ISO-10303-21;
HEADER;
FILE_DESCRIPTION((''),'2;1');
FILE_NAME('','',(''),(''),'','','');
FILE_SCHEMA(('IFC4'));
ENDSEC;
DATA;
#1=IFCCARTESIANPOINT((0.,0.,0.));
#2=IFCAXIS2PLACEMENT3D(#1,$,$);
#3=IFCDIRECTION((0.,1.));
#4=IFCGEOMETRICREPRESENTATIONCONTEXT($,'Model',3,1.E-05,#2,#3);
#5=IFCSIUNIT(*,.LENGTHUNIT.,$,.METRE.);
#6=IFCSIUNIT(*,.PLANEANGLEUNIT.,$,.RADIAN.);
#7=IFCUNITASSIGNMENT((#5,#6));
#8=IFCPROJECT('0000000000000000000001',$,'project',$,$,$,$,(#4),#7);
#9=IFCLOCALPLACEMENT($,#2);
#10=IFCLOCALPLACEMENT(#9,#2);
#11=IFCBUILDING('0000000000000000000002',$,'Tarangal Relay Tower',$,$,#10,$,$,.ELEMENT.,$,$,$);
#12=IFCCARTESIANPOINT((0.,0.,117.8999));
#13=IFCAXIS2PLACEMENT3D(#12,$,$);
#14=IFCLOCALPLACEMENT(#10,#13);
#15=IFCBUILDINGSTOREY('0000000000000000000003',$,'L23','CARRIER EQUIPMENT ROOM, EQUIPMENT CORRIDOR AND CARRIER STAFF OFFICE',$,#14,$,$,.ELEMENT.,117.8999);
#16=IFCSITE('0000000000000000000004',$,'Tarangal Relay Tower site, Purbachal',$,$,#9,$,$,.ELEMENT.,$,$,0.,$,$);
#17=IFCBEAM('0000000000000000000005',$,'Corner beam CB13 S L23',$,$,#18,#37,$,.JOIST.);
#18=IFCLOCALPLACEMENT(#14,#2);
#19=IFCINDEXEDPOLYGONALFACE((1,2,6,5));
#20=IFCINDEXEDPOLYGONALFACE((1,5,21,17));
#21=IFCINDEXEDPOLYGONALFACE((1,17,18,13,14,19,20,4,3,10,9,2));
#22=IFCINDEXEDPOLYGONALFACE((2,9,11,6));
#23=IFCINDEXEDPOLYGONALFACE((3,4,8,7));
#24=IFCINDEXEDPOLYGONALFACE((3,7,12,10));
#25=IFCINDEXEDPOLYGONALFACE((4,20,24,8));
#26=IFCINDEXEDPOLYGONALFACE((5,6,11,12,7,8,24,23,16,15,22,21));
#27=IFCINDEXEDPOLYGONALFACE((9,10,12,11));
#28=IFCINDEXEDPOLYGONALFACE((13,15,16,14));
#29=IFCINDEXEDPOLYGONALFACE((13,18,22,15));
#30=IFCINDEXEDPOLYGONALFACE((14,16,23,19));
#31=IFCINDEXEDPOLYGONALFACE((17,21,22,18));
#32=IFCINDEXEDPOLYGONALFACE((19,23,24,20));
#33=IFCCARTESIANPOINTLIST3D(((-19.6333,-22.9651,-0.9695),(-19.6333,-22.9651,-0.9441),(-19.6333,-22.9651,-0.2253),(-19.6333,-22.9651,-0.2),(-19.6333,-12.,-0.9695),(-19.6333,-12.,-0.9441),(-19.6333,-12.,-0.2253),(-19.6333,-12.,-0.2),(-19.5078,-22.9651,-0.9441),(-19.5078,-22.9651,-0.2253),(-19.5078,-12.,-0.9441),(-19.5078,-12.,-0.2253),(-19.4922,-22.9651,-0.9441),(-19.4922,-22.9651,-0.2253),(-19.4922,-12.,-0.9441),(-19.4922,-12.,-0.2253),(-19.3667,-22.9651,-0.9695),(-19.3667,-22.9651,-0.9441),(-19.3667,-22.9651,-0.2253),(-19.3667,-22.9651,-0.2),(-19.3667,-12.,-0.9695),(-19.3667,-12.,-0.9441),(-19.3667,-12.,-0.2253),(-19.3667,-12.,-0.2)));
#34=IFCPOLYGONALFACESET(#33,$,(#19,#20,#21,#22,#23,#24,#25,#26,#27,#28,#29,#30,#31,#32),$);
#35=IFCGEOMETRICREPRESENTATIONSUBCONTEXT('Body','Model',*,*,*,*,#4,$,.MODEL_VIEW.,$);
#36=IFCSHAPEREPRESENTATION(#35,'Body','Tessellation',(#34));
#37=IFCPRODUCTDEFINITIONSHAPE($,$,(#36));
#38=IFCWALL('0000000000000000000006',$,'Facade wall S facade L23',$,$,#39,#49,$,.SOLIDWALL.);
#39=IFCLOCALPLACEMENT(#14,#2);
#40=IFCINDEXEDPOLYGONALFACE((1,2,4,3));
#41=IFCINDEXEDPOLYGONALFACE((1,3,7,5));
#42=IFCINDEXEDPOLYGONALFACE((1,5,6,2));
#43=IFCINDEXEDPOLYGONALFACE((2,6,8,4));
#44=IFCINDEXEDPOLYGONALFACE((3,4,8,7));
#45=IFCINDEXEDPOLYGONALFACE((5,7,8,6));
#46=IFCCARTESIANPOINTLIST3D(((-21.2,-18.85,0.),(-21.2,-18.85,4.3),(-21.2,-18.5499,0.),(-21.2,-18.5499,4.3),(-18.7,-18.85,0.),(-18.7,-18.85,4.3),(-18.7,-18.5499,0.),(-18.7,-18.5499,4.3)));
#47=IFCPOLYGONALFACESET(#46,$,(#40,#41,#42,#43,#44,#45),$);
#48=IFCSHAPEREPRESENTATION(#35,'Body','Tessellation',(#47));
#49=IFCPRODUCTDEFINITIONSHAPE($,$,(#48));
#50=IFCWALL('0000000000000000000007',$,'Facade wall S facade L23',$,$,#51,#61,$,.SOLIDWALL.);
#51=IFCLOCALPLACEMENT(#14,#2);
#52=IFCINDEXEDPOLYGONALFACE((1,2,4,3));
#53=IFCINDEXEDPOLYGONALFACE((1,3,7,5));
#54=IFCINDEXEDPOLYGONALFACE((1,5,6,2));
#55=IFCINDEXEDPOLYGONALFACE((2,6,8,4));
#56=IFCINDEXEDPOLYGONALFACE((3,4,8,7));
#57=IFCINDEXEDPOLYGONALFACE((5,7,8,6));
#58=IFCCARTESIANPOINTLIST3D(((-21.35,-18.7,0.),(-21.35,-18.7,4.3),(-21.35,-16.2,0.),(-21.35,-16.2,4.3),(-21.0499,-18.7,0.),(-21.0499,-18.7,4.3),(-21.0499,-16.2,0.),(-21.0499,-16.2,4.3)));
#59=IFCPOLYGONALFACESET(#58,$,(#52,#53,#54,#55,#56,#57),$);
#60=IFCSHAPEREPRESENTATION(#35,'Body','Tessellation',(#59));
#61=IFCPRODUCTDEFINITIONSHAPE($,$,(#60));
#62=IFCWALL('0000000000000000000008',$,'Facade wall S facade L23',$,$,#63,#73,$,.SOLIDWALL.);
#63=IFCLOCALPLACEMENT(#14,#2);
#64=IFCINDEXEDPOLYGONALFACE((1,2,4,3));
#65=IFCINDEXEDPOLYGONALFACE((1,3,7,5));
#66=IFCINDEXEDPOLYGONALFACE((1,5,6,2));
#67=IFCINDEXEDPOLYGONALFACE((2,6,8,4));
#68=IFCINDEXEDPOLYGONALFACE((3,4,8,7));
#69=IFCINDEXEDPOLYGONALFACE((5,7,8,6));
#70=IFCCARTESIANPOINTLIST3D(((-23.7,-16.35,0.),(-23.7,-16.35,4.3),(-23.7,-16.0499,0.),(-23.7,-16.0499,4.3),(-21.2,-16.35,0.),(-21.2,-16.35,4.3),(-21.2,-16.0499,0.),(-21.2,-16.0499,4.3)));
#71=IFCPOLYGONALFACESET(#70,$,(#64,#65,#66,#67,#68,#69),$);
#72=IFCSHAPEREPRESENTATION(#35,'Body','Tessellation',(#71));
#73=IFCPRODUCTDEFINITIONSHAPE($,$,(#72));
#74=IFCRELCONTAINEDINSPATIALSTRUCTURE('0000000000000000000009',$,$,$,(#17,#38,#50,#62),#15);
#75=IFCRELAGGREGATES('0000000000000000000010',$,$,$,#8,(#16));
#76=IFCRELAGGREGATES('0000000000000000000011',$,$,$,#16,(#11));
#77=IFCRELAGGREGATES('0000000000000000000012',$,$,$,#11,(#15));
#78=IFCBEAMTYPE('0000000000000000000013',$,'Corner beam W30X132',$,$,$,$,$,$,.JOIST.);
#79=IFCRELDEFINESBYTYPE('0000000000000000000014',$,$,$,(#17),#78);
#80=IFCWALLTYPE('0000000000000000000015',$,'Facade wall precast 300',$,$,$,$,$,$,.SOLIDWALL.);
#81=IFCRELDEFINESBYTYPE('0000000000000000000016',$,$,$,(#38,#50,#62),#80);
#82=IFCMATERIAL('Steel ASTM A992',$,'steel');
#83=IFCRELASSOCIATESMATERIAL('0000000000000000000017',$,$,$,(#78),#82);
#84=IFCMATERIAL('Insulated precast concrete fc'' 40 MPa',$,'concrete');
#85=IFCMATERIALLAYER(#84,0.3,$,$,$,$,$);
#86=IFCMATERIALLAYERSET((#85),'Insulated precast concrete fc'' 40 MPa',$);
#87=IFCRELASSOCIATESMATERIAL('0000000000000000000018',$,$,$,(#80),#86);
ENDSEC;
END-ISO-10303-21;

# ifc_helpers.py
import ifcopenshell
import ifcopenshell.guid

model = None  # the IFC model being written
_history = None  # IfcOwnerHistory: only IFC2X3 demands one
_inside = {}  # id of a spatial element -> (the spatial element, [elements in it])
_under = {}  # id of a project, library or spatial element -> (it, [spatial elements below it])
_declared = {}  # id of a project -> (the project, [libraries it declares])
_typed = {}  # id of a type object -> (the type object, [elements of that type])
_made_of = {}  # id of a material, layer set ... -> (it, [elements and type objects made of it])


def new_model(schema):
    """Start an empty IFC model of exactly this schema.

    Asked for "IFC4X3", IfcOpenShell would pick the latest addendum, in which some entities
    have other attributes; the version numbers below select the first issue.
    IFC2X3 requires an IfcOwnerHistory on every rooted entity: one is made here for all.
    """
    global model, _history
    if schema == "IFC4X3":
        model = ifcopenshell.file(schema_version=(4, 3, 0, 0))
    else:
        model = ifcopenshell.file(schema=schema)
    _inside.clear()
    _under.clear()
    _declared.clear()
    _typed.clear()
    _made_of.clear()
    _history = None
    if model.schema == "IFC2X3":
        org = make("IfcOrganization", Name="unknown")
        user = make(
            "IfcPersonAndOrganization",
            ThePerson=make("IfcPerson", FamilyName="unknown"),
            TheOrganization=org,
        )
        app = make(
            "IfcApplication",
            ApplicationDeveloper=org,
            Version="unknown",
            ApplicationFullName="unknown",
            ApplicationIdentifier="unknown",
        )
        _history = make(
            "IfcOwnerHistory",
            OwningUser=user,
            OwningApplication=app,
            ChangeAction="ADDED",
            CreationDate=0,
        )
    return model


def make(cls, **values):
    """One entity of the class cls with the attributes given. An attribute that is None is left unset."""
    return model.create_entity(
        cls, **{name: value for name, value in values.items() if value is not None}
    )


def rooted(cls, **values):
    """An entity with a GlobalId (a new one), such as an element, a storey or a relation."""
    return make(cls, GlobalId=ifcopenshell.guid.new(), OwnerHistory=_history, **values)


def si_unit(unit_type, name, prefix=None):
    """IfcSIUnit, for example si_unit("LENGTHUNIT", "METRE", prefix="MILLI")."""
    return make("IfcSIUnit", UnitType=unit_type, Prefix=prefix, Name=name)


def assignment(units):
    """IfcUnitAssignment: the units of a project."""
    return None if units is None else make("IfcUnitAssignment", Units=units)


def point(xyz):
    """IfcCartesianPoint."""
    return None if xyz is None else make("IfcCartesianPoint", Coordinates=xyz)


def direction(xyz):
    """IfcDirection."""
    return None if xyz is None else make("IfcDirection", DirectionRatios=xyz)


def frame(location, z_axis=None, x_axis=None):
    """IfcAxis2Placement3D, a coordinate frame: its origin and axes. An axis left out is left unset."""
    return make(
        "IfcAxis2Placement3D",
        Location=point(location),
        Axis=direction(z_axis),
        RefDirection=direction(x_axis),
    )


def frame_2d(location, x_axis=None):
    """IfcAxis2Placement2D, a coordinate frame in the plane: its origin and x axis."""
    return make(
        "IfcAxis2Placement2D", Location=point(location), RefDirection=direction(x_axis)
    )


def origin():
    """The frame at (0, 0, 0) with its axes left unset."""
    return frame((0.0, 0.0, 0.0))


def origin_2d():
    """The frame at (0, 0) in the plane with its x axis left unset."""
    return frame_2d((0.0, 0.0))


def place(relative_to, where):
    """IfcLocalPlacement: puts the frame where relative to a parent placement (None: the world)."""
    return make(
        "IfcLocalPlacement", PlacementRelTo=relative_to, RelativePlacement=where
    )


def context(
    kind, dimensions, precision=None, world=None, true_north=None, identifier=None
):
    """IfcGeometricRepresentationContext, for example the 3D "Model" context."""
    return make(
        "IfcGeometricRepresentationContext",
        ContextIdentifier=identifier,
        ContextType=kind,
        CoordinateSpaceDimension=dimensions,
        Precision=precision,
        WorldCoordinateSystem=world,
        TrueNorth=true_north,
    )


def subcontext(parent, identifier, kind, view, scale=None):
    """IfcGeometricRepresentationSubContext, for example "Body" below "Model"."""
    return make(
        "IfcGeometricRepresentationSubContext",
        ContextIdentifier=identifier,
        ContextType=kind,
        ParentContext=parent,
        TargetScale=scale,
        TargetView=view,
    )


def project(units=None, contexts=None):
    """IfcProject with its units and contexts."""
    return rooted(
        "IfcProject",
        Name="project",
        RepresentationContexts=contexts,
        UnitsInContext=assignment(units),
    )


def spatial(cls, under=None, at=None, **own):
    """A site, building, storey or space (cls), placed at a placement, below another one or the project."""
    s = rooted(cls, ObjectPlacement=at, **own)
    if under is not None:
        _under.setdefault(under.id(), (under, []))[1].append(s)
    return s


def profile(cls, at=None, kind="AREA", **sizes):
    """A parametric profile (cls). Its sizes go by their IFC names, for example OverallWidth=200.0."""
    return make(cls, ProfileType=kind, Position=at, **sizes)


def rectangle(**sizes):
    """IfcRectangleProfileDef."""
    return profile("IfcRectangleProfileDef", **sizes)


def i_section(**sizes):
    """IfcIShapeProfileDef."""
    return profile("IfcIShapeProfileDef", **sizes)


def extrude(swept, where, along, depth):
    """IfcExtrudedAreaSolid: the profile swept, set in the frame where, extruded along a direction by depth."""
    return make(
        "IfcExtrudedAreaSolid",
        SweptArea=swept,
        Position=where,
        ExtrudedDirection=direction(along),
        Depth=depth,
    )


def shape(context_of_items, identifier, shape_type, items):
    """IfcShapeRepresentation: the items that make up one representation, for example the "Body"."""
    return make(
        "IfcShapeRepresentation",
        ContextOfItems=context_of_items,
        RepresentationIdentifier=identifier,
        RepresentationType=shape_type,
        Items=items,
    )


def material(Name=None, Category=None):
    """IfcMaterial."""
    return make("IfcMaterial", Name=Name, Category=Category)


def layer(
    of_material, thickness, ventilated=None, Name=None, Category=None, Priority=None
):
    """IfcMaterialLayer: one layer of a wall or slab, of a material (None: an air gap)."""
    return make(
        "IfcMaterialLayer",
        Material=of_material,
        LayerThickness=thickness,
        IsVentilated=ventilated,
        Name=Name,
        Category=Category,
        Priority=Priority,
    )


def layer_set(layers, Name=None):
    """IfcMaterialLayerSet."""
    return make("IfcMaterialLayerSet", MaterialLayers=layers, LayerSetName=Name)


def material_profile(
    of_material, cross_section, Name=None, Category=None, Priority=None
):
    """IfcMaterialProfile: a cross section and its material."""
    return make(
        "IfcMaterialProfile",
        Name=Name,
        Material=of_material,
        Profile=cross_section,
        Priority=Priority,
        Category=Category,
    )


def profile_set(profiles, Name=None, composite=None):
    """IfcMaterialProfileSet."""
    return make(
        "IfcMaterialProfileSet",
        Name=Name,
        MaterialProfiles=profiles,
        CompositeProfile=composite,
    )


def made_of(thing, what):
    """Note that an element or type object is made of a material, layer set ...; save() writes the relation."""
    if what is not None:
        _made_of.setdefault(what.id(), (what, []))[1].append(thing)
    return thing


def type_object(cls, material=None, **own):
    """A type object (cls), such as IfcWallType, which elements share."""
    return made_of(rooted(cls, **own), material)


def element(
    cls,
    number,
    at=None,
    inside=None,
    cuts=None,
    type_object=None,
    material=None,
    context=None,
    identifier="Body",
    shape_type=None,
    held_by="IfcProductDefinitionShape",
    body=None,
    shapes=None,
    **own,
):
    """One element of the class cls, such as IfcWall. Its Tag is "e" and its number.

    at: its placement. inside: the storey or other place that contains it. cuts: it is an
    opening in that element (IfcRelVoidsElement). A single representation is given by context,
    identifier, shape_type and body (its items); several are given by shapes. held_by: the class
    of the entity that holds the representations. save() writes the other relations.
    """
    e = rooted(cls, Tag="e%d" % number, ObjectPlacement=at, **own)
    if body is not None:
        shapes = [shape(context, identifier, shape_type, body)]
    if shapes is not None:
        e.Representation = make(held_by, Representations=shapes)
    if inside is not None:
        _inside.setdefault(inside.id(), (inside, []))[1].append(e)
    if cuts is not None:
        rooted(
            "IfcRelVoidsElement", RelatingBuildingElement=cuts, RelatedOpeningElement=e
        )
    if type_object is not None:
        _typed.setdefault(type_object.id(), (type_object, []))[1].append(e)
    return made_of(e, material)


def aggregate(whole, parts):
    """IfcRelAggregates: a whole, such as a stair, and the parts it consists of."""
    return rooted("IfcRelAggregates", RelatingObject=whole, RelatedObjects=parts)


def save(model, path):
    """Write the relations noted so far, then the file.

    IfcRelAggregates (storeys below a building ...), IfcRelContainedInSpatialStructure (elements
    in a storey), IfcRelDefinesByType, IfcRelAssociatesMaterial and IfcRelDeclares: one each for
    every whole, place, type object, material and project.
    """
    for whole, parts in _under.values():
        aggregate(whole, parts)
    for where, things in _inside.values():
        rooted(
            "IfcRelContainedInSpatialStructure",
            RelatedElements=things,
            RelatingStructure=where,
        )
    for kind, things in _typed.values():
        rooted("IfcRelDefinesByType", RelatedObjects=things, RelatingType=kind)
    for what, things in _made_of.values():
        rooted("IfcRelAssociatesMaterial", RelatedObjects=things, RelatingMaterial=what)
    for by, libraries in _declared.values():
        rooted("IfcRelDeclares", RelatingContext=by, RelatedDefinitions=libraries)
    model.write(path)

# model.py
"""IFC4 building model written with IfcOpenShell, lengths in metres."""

from ifc_helpers import new_model, si_unit, direction, frame, frame_2d, origin, origin_2d, place, context, subcontext, project, spatial, rectangle, i_section, extrude, material, layer, layer_set, material_profile, profile_set, type_object, element, save


model = new_model("IFC4")

# Units and contexts
model_context = context("Model", 3, precision=1e-05, world=origin(), true_north=direction((0.0, 1.0)))
body_context = subcontext(model_context, "Body", "Model", "MODEL_VIEW")
ifc_project = project(units=[si_unit("LENGTHUNIT", "METRE"), si_unit("PLANEANGLEUNIT", "RADIAN")], contexts=[model_context])

# Site, building, storey
site_placement = place(None, origin())
site = spatial("IfcSite", under=ifc_project, at=site_placement, Name="Tarangal Relay Tower site, Purbachal", CompositionType="ELEMENT", RefElevation=0.0)
building_placement = place(site_placement, origin())
building = spatial("IfcBuilding", under=site, at=building_placement, Name="Tarangal Relay Tower", CompositionType="ELEMENT")
storey_placement = place(building_placement, frame((0.0, 0.0, 117.8999)))
storey = spatial("IfcBuildingStorey", under=building, at=storey_placement, Name="L23", Description="CARRIER EQUIPMENT ROOM, EQUIPMENT CORRIDOR AND CARRIER STAFF OFFICE", CompositionType="ELEMENT", Elevation=117.8999)

# Beam
ifc_material_1 = material(Name="Steel ASTM A992", Category="steel")
ifc_material_profile = material_profile(ifc_material_1, i_section(OverallWidth=0.2666, OverallDepth=0.7695, WebThickness=0.0156, FlangeThickness=0.0254, at=origin_2d()), Name="W30X132")
ifc_profile_set = profile_set([ifc_material_profile], Name="Steel ASTM A992")
beam_type = type_object("IfcBeamType", Name="Corner beam W30X132", PredefinedType="JOIST", material=ifc_profile_set)
beam_placement = place(storey_placement, frame((-19.5, -12.0, -0.5847), z_axis=(0.0, -1.0, 0.0), x_axis=(1.0, 0.0, 0.0)))
element("IfcBeam", 1, at=beam_placement, inside=storey, type_object=beam_type, Name="Corner beam CB13 S L23", PredefinedType="JOIST", context=body_context, shape_type="SweptSolid", body=[
    extrude(i_section(OverallWidth=0.2666, OverallDepth=0.7695, WebThickness=0.0156, FlangeThickness=0.0254, at=origin_2d()), origin(), (0.0, 0.0, 1.0), 10.9651),
])

# Walls
ifc_material_2 = material(Name="Insulated precast concrete fc' 40 MPa", Category="concrete")
ifc_layer_1 = layer(ifc_material_2, 0.3)
ifc_layer_set_1 = layer_set([ifc_layer_1], Name="Insulated precast concrete fc' 40 MPa")
wall_type_1 = type_object("IfcWallType", Name="Facade wall precast 300", PredefinedType="SOLIDWALL", material=ifc_layer_set_1)
for number, where, z_axis, x_axis, name in (
    (2, (-18.7, -18.7, 0.0), (0.0, 0.0, 1.0), (-1.0, 0.0, 0.0), "Facade wall S facade L23"),
    (3, (-21.2, -18.7, 0.0), (0.0, 0.0, 1.0), (0.0, 1.0, 0.0), "Facade wall S facade L23"),
    (4, (-21.2, -16.2, 0.0), (0.0, 0.0, 1.0), (-1.0, 0.0, 0.0), "Facade wall S facade L23"),
):
    element("IfcWall", number, at=place(storey_placement, frame(where, z_axis=z_axis, x_axis=x_axis)), inside=storey, type_object=wall_type_1, Name=name, PredefinedType="SOLIDWALL", context=body_context, shape_type="SweptSolid", body=[
        extrude(rectangle(XDim=2.5, YDim=0.3, at=frame_2d((1.25, 0.0))), origin(), (0.0, 0.0, 1.0), 4.3),
    ])

save(model, "model.ifc")
